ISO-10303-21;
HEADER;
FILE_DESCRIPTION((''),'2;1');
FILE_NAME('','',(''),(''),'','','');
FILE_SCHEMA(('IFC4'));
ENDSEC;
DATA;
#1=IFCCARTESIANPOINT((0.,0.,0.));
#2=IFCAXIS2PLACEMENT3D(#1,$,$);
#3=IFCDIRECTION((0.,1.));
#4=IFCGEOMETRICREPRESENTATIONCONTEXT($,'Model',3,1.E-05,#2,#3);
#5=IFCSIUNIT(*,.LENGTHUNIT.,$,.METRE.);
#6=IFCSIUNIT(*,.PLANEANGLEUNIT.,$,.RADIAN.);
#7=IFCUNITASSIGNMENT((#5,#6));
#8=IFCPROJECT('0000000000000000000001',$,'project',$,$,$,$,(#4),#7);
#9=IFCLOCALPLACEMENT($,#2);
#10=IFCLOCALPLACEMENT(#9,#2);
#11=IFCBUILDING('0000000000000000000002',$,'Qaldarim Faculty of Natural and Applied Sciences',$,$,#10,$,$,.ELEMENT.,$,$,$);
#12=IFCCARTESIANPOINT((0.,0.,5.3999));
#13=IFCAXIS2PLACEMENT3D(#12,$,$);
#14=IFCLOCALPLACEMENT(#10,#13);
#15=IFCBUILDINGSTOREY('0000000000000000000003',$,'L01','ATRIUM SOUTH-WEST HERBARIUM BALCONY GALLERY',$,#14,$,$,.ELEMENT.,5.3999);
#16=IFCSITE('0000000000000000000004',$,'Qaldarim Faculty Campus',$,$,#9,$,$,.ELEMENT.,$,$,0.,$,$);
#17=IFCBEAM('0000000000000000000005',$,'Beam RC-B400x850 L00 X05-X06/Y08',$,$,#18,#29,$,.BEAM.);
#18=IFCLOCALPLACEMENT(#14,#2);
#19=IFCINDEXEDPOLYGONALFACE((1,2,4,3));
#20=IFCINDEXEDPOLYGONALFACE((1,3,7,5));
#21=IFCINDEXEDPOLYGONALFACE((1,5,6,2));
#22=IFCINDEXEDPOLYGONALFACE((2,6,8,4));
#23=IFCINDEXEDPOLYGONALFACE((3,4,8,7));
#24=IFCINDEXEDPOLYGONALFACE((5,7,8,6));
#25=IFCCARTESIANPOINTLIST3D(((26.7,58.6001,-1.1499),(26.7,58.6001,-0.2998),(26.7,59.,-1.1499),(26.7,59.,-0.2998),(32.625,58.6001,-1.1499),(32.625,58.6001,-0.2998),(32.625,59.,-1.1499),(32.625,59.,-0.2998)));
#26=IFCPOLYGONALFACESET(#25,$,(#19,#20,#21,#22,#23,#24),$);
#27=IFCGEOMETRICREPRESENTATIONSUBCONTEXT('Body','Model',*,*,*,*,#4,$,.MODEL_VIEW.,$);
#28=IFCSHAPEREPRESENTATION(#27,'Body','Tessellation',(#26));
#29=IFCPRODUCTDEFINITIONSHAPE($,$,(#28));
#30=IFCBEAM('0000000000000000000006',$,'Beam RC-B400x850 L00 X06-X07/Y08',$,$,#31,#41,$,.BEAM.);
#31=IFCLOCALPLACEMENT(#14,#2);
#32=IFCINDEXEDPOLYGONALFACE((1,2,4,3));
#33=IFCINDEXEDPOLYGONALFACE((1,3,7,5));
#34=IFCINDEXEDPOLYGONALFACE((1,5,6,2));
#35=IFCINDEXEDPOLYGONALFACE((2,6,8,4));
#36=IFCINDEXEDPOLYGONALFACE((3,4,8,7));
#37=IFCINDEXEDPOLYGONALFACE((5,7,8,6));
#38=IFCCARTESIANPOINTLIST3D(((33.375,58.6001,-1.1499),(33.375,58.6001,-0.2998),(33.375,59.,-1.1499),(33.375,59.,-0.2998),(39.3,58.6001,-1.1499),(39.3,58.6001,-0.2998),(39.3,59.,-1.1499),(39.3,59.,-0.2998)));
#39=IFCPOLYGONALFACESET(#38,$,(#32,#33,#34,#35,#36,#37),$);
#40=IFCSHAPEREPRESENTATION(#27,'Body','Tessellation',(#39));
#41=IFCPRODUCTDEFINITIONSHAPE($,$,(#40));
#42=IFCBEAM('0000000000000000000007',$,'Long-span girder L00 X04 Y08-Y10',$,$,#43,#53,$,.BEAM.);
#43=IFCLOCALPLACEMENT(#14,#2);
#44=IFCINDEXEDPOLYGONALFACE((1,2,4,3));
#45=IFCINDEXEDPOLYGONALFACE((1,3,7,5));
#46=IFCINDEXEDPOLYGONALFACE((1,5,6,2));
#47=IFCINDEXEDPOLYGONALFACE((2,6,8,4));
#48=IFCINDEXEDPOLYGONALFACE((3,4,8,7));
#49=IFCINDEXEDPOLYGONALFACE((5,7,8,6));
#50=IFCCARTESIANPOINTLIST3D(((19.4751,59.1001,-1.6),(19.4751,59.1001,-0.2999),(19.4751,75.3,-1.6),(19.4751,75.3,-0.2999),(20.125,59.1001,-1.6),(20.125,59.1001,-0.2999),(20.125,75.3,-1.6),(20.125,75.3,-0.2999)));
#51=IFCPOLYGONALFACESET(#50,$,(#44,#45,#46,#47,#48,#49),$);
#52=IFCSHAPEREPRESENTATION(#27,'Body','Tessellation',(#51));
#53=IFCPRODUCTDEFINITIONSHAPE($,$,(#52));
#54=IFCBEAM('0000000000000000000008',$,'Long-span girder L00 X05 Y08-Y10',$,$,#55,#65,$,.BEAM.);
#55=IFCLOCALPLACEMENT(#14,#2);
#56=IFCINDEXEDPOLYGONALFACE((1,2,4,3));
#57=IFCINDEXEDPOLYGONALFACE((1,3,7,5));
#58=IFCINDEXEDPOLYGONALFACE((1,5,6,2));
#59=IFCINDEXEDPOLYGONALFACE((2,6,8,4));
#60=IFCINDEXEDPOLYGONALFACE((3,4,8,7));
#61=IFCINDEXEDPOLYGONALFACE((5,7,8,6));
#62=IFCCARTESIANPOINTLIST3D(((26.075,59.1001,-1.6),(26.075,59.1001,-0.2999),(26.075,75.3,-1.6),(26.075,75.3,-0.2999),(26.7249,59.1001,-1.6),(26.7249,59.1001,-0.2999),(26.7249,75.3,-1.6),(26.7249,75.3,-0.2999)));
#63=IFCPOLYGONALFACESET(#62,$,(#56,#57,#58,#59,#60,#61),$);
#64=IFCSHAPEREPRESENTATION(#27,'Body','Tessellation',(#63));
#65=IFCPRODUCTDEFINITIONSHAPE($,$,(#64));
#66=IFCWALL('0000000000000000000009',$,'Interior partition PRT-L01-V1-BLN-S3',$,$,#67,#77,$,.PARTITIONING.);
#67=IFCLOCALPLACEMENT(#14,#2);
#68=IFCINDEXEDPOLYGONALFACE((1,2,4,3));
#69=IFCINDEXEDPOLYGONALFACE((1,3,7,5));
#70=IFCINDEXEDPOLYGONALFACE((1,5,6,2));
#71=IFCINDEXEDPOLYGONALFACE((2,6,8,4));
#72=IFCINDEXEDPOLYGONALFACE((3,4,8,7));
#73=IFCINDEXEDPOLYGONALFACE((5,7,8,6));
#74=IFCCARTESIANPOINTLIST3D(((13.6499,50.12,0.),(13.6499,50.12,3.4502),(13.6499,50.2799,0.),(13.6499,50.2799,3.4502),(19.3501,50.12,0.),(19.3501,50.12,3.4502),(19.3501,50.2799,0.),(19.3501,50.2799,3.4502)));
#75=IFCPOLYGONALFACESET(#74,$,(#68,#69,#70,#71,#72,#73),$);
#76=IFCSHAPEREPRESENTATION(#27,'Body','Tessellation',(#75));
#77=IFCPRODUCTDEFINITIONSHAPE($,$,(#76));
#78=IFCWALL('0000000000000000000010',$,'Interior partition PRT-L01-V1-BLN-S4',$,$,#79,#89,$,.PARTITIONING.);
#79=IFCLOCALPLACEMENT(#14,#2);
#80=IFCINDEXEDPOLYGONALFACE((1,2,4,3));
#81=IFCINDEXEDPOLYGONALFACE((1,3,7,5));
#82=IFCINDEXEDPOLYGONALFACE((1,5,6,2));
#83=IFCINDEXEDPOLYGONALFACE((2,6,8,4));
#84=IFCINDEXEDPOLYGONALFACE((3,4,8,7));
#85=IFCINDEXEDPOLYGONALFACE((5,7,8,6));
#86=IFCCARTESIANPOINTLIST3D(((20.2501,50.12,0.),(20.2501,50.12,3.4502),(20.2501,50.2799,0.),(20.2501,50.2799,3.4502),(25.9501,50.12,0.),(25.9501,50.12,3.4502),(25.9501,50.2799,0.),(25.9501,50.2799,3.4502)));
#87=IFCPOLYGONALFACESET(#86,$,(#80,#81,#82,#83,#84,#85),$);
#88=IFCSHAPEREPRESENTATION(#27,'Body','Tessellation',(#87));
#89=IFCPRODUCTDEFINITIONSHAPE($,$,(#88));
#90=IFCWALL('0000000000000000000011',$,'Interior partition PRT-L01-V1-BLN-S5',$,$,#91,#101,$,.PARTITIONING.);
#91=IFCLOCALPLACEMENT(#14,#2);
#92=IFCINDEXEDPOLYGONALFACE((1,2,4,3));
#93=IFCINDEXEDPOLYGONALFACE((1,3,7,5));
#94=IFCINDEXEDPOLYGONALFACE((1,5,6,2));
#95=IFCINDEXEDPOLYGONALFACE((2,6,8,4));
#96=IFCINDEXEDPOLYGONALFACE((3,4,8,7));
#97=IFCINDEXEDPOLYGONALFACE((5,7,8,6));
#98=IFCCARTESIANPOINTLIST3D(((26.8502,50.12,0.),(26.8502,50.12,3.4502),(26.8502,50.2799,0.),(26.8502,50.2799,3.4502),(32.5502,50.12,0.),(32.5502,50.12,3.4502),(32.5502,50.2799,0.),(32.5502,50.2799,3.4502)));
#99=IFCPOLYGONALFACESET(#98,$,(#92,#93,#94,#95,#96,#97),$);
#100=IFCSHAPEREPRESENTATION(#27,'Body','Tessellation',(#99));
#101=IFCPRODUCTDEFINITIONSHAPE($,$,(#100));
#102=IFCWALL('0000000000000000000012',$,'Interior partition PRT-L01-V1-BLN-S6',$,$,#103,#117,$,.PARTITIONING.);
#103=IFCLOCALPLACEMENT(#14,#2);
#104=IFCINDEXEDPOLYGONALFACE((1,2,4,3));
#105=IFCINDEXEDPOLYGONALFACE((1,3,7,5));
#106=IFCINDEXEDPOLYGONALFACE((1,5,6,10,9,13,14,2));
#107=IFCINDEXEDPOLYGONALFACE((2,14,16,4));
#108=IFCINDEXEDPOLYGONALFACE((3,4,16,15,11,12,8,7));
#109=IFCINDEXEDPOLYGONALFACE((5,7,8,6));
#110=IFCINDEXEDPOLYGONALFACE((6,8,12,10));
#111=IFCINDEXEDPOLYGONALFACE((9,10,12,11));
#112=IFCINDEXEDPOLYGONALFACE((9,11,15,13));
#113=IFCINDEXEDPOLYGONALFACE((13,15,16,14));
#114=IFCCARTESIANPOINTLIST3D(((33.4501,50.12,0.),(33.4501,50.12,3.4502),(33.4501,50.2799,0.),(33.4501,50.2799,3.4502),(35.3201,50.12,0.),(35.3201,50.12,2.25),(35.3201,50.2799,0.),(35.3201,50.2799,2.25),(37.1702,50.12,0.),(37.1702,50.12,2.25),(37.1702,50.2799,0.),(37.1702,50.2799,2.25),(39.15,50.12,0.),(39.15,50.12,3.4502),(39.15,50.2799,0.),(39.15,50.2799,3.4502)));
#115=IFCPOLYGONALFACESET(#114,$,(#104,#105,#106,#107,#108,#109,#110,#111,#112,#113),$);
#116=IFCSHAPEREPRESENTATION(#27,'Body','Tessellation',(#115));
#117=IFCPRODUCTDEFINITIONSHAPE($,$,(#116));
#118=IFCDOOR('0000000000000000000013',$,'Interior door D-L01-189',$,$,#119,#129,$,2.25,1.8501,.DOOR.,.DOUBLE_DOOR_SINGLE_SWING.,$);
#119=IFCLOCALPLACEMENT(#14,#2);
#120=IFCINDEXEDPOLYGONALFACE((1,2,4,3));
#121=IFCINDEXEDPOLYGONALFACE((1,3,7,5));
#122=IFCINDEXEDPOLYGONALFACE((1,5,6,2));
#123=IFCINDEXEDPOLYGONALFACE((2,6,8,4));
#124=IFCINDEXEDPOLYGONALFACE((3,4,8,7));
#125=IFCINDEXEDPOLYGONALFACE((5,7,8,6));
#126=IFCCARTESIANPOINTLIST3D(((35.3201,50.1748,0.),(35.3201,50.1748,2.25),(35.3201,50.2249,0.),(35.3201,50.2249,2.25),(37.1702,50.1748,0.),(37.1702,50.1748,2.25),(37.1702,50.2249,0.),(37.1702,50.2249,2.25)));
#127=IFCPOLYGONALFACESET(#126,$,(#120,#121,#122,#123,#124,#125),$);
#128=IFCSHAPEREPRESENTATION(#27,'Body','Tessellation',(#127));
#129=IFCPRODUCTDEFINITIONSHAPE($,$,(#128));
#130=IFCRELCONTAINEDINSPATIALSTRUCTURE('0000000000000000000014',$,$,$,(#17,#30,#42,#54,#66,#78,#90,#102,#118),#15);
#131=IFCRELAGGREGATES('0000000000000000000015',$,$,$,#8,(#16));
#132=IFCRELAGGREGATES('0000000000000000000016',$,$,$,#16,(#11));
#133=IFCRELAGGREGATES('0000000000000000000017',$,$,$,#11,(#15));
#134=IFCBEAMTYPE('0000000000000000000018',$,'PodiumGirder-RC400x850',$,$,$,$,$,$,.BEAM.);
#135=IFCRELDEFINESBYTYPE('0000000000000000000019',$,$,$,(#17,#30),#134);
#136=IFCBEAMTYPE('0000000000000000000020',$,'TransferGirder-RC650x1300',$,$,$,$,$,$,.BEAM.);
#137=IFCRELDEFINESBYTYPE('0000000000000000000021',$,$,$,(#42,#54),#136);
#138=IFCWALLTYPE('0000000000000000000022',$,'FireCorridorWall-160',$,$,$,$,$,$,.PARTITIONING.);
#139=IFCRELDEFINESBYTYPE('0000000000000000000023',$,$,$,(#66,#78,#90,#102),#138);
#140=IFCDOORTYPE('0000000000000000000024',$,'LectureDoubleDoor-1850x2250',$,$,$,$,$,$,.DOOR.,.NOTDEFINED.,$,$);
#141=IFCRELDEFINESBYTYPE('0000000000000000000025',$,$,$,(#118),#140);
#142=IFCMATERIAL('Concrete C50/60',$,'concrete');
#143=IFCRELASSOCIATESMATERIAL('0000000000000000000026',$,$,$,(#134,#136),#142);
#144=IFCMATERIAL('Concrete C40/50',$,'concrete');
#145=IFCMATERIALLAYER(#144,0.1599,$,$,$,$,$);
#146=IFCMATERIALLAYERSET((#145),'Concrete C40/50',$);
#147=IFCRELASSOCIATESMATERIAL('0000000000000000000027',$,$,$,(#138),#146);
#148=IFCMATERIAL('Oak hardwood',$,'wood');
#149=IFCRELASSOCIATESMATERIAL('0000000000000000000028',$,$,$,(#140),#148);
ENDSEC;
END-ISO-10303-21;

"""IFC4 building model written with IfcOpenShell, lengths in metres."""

from ifc_helpers import new_model, si_unit, direction, frame, frame_2d, origin, origin_2d, place, context, subcontext, project, spatial, rectangle, extrude, material, layer, layer_set, material_profile, profile_set, type_object, element, fill, save


model = new_model("IFC4")

# Units and contexts
model_context = context("Model", 3, precision=1e-05, world=origin(), true_north=direction((0.0, 1.0)))
body_context = subcontext(model_context, "Body", "Model", "MODEL_VIEW")
ifc_project = project(units=[si_unit("LENGTHUNIT", "METRE"), si_unit("PLANEANGLEUNIT", "RADIAN")], contexts=[model_context])

# Site, building, storey
site_placement = place(None, origin())
site = spatial("IfcSite", under=ifc_project, at=site_placement, Name="Qaldarim Faculty Campus", CompositionType="ELEMENT", RefElevation=0.0)
building_placement = place(site_placement, origin())
building = spatial("IfcBuilding", under=site, at=building_placement, Name="Qaldarim Faculty of Natural and Applied Sciences", CompositionType="ELEMENT")
storey_placement = place(building_placement, frame((0.0, 0.0, 5.3999)))
storey = spatial("IfcBuildingStorey", under=building, at=storey_placement, Name="L01", Description="ATRIUM SOUTH-WEST HERBARIUM BALCONY GALLERY", CompositionType="ELEMENT", Elevation=5.3999)

# Shared definitions
ifc_material_1 = material(Name="Concrete C50/60", Category="concrete")

# Beams
ifc_material_profile_1 = material_profile(ifc_material_1, rectangle(XDim=0.3999, YDim=0.8501, at=origin_2d()), Name="RC-B400x850")
ifc_profile_set_1 = profile_set([ifc_material_profile_1], Name="Concrete C50/60")
beam_type_1 = type_object("IfcBeamType", Name="PodiumGirder-RC400x850", PredefinedType="BEAM", material=ifc_profile_set_1)
for number, where, z_axis, x_axis, name in (
    (1, (26.7, 58.8, -0.7249), (1.0, 0.0, 0.0), (0.0, 1.0, 0.0), "Beam RC-B400x850 L00 X05-X06/Y08"),
    (2, (33.375, 58.8, -0.7249), (1.0, 0.0, 0.0), (0.0, 1.0, 0.0), "Beam RC-B400x850 L00 X06-X07/Y08"),
):
    element("IfcBeam", number, at=place(storey_placement, frame(where, z_axis=z_axis, x_axis=x_axis)), inside=storey, type_object=beam_type_1, Name=name, PredefinedType="BEAM", context=body_context, shape_type="SweptSolid", body=[
        extrude(rectangle(XDim=0.3999, YDim=0.8501, at=origin_2d()), origin(), (0.0, 0.0, 1.0), 5.925),
    ])
ifc_material_profile_2 = material_profile(ifc_material_1, rectangle(XDim=0.6499, YDim=1.3, at=origin_2d()), Name="RC-TG650x1300")
ifc_profile_set_2 = profile_set([ifc_material_profile_2], Name="Concrete C50/60")
beam_type_2 = type_object("IfcBeamType", Name="TransferGirder-RC650x1300", PredefinedType="BEAM", material=ifc_profile_set_2)
for number, where, z_axis, x_axis, name in (
    (3, (19.8, 59.1001, -0.95), (0.0, 1.0, 0.0), (-1.0, 0.0, 0.0), "Long-span girder L00 X04 Y08-Y10"),
    (4, (26.3999, 59.1001, -0.95), (0.0, 1.0, 0.0), (-1.0, 0.0, 0.0), "Long-span girder L00 X05 Y08-Y10"),
):
    element("IfcBeam", number, at=place(storey_placement, frame(where, z_axis=z_axis, x_axis=x_axis)), inside=storey, type_object=beam_type_2, Name=name, PredefinedType="BEAM", context=body_context, shape_type="SweptSolid", body=[
        extrude(rectangle(XDim=0.6499, YDim=1.3, at=origin_2d()), origin(), (0.0, 0.0, 1.0), 16.2),
    ])

# Walls
ifc_material_2 = material(Name="Concrete C40/50", Category="concrete")
ifc_layer = layer(ifc_material_2, 0.1599)
ifc_layer_set = layer_set([ifc_layer], Name="Concrete C40/50")
wall_type = type_object("IfcWallType", Name="FireCorridorWall-160", PredefinedType="PARTITIONING", material=ifc_layer_set)
wall_1_placement = place(storey_placement, frame((13.6499, 50.2, 0.0), z_axis=(0.0, 0.0, 1.0), x_axis=(1.0, 0.0, 0.0)))
element("IfcWall", 5, at=wall_1_placement, inside=storey, type_object=wall_type, Name="Interior partition PRT-L01-V1-BLN-S3", PredefinedType="PARTITIONING", context=body_context, shape_type="SweptSolid", body=[
    extrude(rectangle(XDim=5.7002, YDim=0.1599, at=frame_2d((2.8501, 0.0))), origin(), (0.0, 0.0, 1.0), 3.4502),
])
for number, where, z_axis, x_axis, name in (
    (6, (20.25, 50.2, 0.0), (0.0, 0.0, 1.0), (1.0, 0.0, 0.0), "Interior partition PRT-L01-V1-BLN-S4"),
    (7, (26.8501, 50.2, 0.0), (0.0, 0.0, 1.0), (1.0, 0.0, 0.0), "Interior partition PRT-L01-V1-BLN-S5"),
):
    element("IfcWall", number, at=place(storey_placement, frame(where, z_axis=z_axis, x_axis=x_axis)), inside=storey, type_object=wall_type, Name=name, PredefinedType="PARTITIONING", context=body_context, shape_type="SweptSolid", body=[
        extrude(rectangle(XDim=5.7, YDim=0.1599, at=frame_2d((2.8501, 0.0))), origin(), (0.0, 0.0, 1.0), 3.4502),
    ])

# Wall, opening, door
wall_2_placement = place(storey_placement, frame((33.45, 50.2, 0.0), z_axis=(0.0, 0.0, 1.0), x_axis=(1.0, 0.0, 0.0)))
wall_2 = element("IfcWall", 8, at=wall_2_placement, inside=storey, type_object=wall_type, Name="Interior partition PRT-L01-V1-BLN-S6", PredefinedType="PARTITIONING", context=body_context, shape_type="SweptSolid", body=[
    extrude(rectangle(XDim=5.7, YDim=0.1599, at=frame_2d((2.8501, 0.0))), origin(), (0.0, 0.0, 1.0), 3.4502),
])
opening_placement = place(wall_2_placement, frame((1.8701, 0.0, 0.0)))
opening = element("IfcOpeningElement", 9, at=opening_placement, cuts=wall_2, PredefinedType="OPENING", context=body_context, shape_type="SweptSolid", body=[
    extrude(rectangle(XDim=1.8501, YDim=2.25, at=frame_2d((0.925, 1.125))), frame((0.0, 0.0898, 0.0), z_axis=(0.0, -1.0, 0.0), x_axis=(1.0, 0.0, 0.0)), (0.0, 0.0, 1.0), 0.1799),
])
ifc_material_3 = material(Name="Oak hardwood", Category="wood")
door_type = type_object("IfcDoorType", Name="LectureDoubleDoor-1850x2250", OperationType="NOTDEFINED", PredefinedType="DOOR", material=ifc_material_3)
door_placement = place(opening_placement, origin())
door = element("IfcDoor", 10, at=door_placement, inside=storey, type_object=door_type, Name="Interior door D-L01-189", OperationType="DOUBLE_DOOR_SINGLE_SWING", OverallHeight=2.25, OverallWidth=1.8501, PredefinedType="DOOR", context=body_context, shape_type="SweptSolid", body=[
    extrude(rectangle(XDim=1.8501, YDim=2.25, at=frame_2d((0.925, 1.125))), frame((0.0, 0.0249, 0.0), z_axis=(0.0, -1.0, 0.0), x_axis=(1.0, 0.0, 0.0)), (0.0, 0.0, 1.0), 0.05),
])
fill(opening, door)

save(model, "model.ifc")
